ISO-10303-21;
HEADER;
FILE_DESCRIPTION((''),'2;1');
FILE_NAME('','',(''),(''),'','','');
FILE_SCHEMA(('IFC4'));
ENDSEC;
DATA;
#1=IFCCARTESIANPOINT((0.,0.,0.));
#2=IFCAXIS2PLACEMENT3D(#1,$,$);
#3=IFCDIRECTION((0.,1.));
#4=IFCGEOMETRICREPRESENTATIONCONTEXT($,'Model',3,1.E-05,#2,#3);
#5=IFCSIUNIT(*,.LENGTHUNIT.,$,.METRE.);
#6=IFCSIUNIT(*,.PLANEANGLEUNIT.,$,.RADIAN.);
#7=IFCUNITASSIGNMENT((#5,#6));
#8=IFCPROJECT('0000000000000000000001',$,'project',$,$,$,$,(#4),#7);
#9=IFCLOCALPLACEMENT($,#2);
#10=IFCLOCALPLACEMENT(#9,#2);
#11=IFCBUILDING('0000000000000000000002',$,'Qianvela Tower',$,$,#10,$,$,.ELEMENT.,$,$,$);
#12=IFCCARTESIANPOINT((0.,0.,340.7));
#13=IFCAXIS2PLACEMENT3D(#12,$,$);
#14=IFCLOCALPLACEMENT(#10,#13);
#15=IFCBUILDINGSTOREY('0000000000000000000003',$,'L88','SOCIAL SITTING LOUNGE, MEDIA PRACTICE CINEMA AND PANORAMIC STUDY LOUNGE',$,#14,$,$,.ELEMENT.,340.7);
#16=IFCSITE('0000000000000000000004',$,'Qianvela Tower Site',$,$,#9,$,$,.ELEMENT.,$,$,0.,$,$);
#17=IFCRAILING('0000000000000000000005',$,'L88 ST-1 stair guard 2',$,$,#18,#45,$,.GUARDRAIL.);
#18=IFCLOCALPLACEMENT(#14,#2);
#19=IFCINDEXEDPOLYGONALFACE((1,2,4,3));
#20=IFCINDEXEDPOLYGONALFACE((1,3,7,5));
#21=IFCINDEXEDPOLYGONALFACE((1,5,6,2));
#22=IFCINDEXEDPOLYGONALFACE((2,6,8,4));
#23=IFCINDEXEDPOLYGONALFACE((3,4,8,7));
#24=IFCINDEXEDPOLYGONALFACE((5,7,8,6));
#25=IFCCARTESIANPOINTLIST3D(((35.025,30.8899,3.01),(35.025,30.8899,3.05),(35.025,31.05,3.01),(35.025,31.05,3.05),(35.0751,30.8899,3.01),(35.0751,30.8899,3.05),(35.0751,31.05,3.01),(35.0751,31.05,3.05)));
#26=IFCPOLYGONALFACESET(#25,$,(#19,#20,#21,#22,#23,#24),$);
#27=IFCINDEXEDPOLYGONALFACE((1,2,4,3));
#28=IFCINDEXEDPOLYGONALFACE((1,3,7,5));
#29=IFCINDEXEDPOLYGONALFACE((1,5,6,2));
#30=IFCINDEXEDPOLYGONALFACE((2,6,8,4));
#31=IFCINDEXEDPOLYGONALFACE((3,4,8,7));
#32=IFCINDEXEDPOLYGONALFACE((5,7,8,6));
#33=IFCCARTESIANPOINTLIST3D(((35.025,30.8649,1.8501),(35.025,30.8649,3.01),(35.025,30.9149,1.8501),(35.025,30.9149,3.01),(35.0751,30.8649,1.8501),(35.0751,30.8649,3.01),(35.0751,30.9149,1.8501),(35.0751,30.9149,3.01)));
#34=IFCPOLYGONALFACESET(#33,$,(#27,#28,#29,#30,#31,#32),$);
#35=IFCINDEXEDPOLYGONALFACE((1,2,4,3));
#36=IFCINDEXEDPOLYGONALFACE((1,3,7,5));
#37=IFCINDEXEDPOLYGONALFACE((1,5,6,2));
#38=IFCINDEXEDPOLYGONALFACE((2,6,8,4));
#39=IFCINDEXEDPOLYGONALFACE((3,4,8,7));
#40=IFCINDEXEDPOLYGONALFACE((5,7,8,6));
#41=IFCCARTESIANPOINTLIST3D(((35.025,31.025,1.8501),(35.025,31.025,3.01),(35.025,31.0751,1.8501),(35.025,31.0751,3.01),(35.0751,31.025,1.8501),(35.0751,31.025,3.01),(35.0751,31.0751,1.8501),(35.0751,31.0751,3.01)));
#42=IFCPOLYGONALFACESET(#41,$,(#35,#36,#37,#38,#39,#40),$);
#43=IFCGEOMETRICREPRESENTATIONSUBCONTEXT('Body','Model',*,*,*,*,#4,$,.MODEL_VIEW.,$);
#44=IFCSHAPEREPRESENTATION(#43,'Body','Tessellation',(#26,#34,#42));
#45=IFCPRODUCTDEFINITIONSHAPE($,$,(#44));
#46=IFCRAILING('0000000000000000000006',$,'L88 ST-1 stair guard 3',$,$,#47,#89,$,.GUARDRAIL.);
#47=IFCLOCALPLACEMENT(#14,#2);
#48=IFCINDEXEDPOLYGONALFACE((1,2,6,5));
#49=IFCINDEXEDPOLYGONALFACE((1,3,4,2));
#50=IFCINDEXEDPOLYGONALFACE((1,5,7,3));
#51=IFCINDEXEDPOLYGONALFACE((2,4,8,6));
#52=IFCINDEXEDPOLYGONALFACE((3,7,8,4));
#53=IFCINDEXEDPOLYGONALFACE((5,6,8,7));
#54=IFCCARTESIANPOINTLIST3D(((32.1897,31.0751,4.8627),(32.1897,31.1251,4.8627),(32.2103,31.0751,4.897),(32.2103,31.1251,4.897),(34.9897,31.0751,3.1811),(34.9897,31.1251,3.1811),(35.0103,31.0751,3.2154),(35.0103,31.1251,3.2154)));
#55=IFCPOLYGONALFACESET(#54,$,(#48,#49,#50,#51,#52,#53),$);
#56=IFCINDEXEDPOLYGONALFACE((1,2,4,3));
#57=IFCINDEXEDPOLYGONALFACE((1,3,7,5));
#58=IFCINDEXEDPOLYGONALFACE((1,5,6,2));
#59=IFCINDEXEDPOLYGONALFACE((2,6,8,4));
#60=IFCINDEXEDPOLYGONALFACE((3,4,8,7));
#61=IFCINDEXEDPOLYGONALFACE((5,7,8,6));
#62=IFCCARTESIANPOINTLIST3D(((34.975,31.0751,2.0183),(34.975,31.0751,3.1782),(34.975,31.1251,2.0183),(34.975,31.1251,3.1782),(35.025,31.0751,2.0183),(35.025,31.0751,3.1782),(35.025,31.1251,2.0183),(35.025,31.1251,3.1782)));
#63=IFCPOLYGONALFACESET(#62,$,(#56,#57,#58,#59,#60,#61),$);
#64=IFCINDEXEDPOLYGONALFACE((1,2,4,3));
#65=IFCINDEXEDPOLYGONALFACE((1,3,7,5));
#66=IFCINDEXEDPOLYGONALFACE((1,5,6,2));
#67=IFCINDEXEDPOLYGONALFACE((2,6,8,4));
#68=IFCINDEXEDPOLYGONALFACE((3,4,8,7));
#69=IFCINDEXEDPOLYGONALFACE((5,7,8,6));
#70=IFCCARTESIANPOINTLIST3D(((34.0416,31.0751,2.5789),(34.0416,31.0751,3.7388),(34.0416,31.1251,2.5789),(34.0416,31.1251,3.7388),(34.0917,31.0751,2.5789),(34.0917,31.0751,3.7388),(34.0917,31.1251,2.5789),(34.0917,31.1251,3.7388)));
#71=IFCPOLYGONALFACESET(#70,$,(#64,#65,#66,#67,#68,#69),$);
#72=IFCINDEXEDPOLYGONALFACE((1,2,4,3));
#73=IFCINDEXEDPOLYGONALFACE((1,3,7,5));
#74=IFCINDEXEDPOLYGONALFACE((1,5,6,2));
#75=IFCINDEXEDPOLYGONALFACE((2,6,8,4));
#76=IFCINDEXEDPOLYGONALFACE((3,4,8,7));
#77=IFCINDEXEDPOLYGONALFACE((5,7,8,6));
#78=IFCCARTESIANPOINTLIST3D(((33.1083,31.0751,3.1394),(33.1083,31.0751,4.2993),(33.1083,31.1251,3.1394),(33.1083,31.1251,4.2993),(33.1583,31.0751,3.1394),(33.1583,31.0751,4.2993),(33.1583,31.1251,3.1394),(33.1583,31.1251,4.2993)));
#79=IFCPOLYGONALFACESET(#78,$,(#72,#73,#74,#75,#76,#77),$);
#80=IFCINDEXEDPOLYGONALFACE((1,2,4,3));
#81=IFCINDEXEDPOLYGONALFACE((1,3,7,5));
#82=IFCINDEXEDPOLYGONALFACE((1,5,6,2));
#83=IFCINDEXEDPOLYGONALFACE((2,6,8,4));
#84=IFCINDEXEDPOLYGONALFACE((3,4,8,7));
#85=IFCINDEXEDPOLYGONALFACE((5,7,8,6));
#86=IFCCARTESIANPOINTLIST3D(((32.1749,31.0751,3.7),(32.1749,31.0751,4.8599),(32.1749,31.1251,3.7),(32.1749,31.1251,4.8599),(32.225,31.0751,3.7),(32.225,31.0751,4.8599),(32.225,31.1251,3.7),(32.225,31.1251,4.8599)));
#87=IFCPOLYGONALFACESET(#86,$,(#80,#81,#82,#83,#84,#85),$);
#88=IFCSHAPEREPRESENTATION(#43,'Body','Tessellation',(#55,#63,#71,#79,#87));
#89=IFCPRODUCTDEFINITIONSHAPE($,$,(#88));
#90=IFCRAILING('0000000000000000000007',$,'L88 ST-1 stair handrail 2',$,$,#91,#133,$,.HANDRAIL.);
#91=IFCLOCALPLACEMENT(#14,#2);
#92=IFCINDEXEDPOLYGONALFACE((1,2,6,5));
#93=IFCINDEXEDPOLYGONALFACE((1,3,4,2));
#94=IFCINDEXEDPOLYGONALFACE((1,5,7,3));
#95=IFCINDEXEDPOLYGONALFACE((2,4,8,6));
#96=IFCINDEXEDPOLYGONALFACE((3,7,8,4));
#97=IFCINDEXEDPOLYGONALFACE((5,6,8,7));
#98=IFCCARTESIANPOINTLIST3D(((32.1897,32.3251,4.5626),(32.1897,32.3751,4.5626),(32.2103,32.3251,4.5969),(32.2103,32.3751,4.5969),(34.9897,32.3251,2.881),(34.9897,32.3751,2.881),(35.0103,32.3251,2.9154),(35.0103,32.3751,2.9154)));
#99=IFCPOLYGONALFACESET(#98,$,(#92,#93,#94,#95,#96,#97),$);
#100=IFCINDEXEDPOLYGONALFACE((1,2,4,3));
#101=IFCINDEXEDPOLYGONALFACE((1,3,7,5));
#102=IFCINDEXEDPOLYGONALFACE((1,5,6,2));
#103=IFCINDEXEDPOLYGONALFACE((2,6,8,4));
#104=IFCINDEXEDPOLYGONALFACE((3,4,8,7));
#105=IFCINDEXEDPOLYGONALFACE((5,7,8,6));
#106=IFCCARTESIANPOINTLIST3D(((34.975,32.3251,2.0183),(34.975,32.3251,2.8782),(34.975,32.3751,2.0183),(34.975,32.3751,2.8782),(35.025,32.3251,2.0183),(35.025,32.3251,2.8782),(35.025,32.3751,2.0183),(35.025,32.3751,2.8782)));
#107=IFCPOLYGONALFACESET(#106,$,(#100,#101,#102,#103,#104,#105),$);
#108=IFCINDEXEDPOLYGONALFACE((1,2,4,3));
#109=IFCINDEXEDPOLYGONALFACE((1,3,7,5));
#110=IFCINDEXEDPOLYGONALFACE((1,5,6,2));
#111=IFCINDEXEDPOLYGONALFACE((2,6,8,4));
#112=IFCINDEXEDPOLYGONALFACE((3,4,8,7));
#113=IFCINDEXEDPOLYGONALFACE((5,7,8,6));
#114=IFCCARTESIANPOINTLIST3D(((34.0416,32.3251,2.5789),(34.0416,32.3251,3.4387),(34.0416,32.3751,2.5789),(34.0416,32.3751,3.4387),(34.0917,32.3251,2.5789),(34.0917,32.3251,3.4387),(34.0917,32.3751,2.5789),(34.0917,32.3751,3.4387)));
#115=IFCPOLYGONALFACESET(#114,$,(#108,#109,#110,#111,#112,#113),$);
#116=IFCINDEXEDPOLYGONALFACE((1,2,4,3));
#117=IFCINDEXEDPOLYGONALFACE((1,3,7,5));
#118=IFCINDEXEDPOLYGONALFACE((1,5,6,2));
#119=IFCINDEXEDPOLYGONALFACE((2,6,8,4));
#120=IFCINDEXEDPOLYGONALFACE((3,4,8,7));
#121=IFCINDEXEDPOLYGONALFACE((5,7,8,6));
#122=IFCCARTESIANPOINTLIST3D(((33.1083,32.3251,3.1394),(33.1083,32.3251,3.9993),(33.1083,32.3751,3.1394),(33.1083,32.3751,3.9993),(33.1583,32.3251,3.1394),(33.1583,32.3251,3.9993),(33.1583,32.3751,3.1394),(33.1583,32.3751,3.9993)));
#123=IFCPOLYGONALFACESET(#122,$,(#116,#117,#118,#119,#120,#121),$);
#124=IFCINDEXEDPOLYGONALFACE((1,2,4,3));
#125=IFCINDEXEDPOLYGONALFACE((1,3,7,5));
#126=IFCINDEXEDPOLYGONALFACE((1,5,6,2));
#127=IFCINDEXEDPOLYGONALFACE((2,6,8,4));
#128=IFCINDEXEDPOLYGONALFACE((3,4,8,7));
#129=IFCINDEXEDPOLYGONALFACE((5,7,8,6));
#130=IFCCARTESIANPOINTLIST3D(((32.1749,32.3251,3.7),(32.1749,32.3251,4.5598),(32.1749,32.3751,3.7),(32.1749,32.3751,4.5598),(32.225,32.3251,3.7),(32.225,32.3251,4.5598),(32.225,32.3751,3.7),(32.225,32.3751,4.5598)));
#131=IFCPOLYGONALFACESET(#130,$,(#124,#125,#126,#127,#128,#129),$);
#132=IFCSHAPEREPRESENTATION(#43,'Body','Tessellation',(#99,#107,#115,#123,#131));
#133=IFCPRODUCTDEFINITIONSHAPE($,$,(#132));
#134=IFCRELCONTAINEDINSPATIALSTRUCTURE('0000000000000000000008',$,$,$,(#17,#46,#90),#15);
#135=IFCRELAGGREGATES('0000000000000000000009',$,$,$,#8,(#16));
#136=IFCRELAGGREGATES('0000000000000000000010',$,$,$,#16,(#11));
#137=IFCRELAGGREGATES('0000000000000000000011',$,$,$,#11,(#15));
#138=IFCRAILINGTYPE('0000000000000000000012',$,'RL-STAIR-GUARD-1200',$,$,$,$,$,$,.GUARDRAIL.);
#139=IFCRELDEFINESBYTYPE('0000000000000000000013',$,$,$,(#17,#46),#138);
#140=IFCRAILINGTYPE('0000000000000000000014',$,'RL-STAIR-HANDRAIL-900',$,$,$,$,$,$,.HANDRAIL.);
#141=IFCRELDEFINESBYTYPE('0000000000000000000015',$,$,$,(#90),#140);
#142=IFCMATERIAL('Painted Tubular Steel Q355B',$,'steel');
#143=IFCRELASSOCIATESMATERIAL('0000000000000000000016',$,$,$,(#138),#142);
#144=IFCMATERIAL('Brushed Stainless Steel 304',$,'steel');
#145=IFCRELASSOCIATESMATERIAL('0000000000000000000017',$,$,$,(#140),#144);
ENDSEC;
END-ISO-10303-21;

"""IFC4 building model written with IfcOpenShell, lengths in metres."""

from ifc_helpers import new_model, si_unit, direction, frame, origin, origin_2d, place, context, subcontext, project, spatial, rectangle, extrude, material, type_object, element, save


model = new_model("IFC4")

# Units and contexts
model_context = context("Model", 3, precision=1e-05, world=origin(), true_north=direction((0.0, 1.0)))
body_context = subcontext(model_context, "Body", "Model", "MODEL_VIEW")
ifc_project = project(units=[si_unit("LENGTHUNIT", "METRE"), si_unit("PLANEANGLEUNIT", "RADIAN")], contexts=[model_context])

# Site, building, storey
site_placement = place(None, origin())
site = spatial("IfcSite", under=ifc_project, at=site_placement, Name="Qianvela Tower Site", CompositionType="ELEMENT", RefElevation=0.0)
building_placement = place(site_placement, origin())
building = spatial("IfcBuilding", under=site, at=building_placement, Name="Qianvela Tower", CompositionType="ELEMENT")
storey_placement = place(building_placement, frame((0.0, 0.0, 340.7)))
storey = spatial("IfcBuildingStorey", under=building, at=storey_placement, Name="L88", Description="SOCIAL SITTING LOUNGE, MEDIA PRACTICE CINEMA AND PANORAMIC STUDY LOUNGE", CompositionType="ELEMENT", Elevation=340.7)

# Railings
ifc_material_1 = material(Name="Painted Tubular Steel Q355B", Category="steel")
railing_type_1 = type_object("IfcRailingType", Name="RL-STAIR-GUARD-1200", PredefinedType="GUARDRAIL", material=ifc_material_1)
railing_1_placement = place(storey_placement, frame((35.05, 30.8899, 1.8501)))
element("IfcRailing", 1, at=railing_1_placement, inside=storey, type_object=railing_type_1, Name="L88 ST-1 stair guard 2", PredefinedType="GUARDRAIL", context=body_context, shape_type="SweptSolid", body=[
    extrude(rectangle(XDim=0.05, YDim=0.04, at=origin_2d()), frame((0.0, 0.0, 1.1799), z_axis=(0.0, 1.0, 0.0), x_axis=(-1.0, 0.0, 0.0)), (0.0, 0.0, 1.0), 0.1602),
    extrude(rectangle(XDim=0.05, YDim=0.05, at=origin_2d()), origin(), (0.0, 0.0, 1.0), 1.1599),
    extrude(rectangle(XDim=0.05, YDim=0.05, at=origin_2d()), frame((0.0, 0.1602, 0.0)), (0.0, 0.0, 1.0), 1.1599),
])
railing_2_placement = place(storey_placement, frame((35.0, 31.1001, 2.0183)))
element("IfcRailing", 2, at=railing_2_placement, inside=storey, type_object=railing_type_1, Name="L88 ST-1 stair guard 3", PredefinedType="GUARDRAIL", context=body_context, shape_type="SweptSolid", body=[
    extrude(rectangle(XDim=0.05, YDim=0.04, at=origin_2d()), frame((0.0, 0.0, 1.1799), z_axis=(-0.857275, 0.0, 0.514858), x_axis=(0.0, -1.0, 0.0)), (0.0, 0.0, 1.0), 3.2661),
    extrude(rectangle(XDim=0.05, YDim=0.05, at=origin_2d()), origin(), (0.0, 0.0, 1.0), 1.1599),
    extrude(rectangle(XDim=0.05, YDim=0.05, at=origin_2d()), frame((-0.9333, 0.0, 0.5605)), (0.0, 0.0, 1.0), 1.1599),
    extrude(rectangle(XDim=0.05, YDim=0.05, at=origin_2d()), frame((-1.8667, 0.0, 1.1211)), (0.0, 0.0, 1.0), 1.1599),
    extrude(rectangle(XDim=0.05, YDim=0.05, at=origin_2d()), frame((-2.8, 0.0, 1.6816)), (0.0, 0.0, 1.0), 1.1599),
])
ifc_material_2 = material(Name="Brushed Stainless Steel 304", Category="steel")
railing_type_2 = type_object("IfcRailingType", Name="RL-STAIR-HANDRAIL-900", PredefinedType="HANDRAIL", material=ifc_material_2)
railing_3_placement = place(storey_placement, frame((35.0, 32.3501, 2.0183)))
element("IfcRailing", 3, at=railing_3_placement, inside=storey, type_object=railing_type_2, Name="L88 ST-1 stair handrail 2", PredefinedType="HANDRAIL", context=body_context, shape_type="SweptSolid", body=[
    extrude(rectangle(XDim=0.05, YDim=0.04, at=origin_2d()), frame((0.0, 0.0, 0.8799), z_axis=(-0.857275, 0.0, 0.514858), x_axis=(0.0, -1.0, 0.0)), (0.0, 0.0, 1.0), 3.2661),
    extrude(rectangle(XDim=0.05, YDim=0.05, at=origin_2d()), origin(), (0.0, 0.0, 1.0), 0.8599),
    extrude(rectangle(XDim=0.05, YDim=0.05, at=origin_2d()), frame((-0.9333, 0.0, 0.5605)), (0.0, 0.0, 1.0), 0.8599),
    extrude(rectangle(XDim=0.05, YDim=0.05, at=origin_2d()), frame((-1.8667, 0.0, 1.1211)), (0.0, 0.0, 1.0), 0.8599),
    extrude(rectangle(XDim=0.05, YDim=0.05, at=origin_2d()), frame((-2.8, 0.0, 1.6816)), (0.0, 0.0, 1.0), 0.8599),
])

save(model, "model.ifc")
